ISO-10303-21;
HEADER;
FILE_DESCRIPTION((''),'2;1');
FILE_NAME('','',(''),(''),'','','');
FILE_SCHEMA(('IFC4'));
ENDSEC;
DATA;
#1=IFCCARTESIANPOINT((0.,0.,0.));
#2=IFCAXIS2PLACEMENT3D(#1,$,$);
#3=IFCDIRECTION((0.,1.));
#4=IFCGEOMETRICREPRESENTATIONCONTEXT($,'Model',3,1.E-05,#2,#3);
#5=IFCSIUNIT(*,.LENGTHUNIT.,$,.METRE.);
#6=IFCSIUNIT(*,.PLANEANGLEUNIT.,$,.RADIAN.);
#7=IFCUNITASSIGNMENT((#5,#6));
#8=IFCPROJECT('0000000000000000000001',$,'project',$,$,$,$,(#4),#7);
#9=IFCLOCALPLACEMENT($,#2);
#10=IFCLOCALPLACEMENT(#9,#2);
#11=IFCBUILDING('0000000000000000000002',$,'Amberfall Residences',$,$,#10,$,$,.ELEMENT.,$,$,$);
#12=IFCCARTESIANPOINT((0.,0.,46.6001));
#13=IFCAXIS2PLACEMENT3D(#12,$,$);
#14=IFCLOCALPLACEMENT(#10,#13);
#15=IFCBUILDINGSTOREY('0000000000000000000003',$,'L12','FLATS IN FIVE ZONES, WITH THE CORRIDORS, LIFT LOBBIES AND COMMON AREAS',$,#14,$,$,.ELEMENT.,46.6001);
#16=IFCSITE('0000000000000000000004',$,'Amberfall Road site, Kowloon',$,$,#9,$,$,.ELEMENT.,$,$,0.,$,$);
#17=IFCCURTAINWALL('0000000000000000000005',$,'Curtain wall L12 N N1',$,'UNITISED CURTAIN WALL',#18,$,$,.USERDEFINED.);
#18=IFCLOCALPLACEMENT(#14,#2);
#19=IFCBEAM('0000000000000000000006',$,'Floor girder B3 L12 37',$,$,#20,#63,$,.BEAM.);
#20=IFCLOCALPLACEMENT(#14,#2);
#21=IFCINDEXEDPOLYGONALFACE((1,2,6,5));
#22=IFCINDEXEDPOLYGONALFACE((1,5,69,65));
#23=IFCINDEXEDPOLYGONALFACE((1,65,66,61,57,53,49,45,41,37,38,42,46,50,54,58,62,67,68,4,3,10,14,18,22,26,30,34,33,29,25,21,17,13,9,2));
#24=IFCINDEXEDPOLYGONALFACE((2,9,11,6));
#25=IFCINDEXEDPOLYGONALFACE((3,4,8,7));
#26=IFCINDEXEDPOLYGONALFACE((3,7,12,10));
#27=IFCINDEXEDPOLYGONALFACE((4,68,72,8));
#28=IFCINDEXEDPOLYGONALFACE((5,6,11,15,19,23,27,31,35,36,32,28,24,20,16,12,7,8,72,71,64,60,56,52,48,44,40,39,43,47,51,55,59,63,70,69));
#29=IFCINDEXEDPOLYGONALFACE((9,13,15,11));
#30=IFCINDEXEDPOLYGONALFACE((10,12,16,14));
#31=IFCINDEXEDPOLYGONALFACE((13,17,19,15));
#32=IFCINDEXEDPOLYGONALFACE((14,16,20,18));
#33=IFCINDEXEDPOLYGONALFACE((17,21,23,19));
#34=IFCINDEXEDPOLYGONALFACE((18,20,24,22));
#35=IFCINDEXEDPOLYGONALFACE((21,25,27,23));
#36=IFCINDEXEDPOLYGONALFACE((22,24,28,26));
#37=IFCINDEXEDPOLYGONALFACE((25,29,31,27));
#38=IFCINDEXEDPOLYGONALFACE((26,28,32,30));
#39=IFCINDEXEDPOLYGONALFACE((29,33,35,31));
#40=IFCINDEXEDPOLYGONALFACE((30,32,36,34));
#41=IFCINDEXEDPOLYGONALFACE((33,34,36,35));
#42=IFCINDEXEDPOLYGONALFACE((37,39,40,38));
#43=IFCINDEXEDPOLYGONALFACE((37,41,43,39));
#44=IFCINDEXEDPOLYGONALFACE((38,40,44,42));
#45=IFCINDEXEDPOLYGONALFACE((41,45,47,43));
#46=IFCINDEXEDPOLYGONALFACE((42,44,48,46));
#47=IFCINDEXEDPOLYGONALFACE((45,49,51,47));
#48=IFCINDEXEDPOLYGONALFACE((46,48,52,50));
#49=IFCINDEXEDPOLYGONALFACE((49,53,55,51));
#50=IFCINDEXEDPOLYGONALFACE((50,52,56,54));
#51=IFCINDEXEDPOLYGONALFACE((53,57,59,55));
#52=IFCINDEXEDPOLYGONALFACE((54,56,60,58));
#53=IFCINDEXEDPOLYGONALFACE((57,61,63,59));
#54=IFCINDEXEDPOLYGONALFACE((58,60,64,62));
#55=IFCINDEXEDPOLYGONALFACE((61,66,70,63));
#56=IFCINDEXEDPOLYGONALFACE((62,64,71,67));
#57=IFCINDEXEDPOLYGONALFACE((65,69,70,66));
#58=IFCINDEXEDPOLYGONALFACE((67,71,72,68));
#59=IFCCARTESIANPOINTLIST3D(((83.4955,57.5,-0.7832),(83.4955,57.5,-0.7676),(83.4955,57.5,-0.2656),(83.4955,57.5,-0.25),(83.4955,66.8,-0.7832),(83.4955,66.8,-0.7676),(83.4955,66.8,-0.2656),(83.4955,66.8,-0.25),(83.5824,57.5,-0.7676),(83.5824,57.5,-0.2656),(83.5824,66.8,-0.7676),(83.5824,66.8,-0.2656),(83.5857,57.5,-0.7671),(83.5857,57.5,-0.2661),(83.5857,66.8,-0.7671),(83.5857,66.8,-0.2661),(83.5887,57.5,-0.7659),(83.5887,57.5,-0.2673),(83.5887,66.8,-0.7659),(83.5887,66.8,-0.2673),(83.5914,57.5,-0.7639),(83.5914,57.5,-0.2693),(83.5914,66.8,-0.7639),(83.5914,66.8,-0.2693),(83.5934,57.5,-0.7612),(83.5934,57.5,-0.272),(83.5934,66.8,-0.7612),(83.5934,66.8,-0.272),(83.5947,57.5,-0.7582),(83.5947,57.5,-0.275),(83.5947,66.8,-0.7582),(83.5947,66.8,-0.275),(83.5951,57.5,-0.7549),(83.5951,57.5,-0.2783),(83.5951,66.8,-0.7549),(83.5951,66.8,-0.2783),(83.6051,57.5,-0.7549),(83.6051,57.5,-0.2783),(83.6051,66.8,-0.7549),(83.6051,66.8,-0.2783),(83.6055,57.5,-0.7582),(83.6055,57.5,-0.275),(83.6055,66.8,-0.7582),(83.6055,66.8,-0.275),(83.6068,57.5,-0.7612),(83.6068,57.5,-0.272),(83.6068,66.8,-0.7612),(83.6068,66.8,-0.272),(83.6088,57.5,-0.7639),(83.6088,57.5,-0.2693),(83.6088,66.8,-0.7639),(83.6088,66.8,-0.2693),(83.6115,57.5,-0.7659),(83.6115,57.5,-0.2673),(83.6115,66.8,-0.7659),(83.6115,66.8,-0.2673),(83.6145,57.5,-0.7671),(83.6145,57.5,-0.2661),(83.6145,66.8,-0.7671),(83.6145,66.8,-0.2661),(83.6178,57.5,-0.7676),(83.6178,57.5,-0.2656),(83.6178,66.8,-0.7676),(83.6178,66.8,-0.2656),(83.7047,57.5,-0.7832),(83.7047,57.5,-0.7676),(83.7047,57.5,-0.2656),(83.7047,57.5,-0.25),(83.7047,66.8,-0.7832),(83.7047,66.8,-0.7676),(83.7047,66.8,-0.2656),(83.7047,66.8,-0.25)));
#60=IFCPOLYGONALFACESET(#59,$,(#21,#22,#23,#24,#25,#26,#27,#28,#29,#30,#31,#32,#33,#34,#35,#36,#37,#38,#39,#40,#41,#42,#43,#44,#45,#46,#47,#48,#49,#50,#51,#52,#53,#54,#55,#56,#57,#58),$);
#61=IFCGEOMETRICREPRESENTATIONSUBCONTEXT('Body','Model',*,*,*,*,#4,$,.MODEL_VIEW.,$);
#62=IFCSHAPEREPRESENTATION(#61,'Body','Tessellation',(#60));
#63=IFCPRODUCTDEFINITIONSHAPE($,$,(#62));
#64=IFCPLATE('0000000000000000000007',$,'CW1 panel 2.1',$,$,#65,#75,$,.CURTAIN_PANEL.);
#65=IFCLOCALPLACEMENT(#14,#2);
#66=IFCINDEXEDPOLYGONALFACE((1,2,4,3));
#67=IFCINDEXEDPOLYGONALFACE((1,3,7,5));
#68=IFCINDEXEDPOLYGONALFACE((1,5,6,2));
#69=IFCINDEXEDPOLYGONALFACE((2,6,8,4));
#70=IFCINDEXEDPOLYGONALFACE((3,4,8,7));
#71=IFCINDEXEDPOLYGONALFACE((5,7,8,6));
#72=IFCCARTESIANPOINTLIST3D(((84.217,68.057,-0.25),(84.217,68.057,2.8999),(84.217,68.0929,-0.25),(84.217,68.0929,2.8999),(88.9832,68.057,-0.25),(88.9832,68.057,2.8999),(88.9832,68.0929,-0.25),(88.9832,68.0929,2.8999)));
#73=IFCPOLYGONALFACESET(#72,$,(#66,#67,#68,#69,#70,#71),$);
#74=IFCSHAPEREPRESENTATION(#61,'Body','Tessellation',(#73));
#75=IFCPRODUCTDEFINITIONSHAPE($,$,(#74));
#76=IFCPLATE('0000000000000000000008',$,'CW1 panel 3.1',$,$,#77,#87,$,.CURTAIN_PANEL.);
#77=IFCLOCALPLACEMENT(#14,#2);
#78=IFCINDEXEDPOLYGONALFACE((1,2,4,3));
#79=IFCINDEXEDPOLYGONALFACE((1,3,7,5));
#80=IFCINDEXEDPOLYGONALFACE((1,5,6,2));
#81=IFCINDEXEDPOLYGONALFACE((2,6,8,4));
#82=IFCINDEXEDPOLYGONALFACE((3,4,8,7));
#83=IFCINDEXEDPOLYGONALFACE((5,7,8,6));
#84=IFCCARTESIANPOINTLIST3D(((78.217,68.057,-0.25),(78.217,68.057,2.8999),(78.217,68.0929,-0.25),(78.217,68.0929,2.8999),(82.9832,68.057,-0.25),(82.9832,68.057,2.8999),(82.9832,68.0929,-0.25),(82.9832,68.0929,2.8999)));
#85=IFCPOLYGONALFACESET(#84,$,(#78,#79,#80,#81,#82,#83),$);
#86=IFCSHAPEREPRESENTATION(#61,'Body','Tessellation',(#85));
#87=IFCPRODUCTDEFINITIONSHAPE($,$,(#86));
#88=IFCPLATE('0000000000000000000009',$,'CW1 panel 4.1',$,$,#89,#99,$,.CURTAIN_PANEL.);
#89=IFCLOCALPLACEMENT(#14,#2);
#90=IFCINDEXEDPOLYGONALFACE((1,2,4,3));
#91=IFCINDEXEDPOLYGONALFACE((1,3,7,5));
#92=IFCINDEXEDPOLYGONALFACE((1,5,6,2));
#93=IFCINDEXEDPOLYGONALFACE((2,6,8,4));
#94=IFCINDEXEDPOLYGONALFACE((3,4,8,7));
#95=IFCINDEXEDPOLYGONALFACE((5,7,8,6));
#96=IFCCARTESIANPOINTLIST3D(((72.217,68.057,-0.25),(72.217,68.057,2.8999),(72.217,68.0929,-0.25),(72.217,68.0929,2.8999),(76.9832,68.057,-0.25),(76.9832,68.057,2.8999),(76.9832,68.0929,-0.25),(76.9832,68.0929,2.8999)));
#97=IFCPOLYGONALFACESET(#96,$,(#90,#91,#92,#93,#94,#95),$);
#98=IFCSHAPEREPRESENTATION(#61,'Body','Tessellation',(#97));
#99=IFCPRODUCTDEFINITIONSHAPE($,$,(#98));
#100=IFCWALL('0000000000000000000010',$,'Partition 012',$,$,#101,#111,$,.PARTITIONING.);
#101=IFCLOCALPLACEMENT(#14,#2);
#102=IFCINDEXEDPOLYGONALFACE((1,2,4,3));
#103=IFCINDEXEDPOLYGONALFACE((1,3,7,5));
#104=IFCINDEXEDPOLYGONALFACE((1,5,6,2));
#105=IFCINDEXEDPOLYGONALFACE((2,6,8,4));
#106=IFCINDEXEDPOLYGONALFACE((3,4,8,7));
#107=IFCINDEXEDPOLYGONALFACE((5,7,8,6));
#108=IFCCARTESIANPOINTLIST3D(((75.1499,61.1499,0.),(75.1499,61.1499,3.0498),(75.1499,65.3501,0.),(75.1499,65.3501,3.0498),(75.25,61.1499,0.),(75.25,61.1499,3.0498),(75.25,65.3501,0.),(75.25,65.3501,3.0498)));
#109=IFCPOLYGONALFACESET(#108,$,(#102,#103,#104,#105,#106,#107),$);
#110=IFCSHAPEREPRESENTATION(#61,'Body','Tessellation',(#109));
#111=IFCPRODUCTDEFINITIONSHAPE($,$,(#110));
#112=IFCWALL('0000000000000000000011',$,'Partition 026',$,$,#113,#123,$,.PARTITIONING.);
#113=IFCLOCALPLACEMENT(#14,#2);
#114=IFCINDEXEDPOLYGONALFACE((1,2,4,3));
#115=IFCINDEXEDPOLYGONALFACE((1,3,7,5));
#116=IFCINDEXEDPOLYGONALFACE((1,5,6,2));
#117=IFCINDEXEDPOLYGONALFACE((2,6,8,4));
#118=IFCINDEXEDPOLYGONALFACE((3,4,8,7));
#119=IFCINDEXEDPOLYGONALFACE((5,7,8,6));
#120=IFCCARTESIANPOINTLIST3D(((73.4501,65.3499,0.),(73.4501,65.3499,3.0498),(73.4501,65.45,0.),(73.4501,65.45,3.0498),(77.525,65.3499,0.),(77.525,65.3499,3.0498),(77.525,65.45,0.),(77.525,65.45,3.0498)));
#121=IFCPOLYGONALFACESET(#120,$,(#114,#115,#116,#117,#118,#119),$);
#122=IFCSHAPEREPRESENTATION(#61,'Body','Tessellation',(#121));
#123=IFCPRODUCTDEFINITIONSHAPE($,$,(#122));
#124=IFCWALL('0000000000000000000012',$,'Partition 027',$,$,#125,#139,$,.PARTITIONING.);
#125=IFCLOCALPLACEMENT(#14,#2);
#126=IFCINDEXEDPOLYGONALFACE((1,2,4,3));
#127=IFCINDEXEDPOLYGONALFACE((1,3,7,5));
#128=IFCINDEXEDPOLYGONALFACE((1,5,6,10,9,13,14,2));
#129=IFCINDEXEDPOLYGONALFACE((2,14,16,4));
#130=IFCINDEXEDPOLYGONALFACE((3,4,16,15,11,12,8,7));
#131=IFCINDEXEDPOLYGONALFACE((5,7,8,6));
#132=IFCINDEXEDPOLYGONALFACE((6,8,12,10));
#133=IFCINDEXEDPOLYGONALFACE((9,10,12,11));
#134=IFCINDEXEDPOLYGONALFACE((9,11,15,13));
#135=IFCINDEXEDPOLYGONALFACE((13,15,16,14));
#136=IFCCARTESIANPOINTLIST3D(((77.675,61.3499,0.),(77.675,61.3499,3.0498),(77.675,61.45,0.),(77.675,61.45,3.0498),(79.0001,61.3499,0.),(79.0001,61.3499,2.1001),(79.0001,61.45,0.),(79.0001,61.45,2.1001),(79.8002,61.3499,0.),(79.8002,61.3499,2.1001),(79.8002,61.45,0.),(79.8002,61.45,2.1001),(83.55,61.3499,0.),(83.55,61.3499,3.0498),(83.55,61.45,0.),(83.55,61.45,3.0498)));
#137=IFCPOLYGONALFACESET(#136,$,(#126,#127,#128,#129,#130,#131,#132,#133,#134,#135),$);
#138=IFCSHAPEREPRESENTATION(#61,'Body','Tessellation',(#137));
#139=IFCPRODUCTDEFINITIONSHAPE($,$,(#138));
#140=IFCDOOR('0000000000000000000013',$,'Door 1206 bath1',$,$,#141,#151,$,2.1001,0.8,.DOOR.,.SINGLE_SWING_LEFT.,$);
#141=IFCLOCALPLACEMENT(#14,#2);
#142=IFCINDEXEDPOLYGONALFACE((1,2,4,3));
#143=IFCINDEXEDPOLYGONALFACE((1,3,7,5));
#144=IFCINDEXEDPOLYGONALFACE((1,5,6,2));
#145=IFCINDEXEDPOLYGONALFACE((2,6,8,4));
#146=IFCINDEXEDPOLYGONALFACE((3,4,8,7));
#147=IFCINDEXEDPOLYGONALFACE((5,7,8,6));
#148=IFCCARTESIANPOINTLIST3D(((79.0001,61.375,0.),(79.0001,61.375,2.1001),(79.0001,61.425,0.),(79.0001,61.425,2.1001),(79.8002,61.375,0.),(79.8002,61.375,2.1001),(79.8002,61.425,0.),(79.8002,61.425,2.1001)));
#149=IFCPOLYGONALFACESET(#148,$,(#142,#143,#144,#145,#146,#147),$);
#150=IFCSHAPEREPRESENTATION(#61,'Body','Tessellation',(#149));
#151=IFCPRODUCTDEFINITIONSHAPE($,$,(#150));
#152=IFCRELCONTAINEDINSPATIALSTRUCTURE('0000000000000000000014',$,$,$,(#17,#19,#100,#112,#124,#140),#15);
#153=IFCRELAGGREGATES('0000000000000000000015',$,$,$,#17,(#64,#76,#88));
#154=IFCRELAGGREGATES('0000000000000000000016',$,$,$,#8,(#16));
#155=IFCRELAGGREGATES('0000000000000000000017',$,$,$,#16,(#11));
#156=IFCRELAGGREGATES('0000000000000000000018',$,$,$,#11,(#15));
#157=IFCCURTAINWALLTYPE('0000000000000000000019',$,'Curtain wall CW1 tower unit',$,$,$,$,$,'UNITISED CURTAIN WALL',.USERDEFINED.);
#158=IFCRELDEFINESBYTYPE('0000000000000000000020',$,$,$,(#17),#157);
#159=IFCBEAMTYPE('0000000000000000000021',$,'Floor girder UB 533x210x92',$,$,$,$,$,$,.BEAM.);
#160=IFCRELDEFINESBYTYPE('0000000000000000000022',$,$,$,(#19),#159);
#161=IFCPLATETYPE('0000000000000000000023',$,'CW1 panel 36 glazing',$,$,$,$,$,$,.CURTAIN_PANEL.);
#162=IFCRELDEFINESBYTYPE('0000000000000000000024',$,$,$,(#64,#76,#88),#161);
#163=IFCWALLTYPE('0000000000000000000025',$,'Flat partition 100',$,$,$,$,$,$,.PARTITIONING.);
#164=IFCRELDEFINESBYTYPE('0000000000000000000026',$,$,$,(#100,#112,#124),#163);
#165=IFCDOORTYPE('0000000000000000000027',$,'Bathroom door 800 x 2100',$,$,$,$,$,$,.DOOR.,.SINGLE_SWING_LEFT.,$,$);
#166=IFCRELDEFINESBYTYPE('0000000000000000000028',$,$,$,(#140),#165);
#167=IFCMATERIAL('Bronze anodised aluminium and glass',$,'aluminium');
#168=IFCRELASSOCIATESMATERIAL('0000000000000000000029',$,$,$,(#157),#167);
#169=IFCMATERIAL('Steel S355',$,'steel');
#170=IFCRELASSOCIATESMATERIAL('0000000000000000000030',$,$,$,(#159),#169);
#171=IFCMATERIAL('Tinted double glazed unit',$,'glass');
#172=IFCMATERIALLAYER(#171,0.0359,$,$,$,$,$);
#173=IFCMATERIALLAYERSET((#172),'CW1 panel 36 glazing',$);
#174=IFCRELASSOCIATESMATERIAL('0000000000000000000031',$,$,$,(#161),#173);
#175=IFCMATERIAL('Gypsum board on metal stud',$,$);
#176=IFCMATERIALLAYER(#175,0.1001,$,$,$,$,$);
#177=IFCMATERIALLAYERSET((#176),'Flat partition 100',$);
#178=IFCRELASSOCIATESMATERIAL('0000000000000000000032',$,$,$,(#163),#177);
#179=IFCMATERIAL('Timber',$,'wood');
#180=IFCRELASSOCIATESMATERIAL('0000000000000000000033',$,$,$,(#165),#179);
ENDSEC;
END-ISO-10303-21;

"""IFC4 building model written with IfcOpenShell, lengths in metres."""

from ifc_helpers import new_model, si_unit, direction, frame, frame_2d, origin, origin_2d, place, context, subcontext, project, spatial, rectangle, i_section, extrude, material, layer, layer_set, material_profile, profile_set, type_object, element, fill, aggregate, save


model = new_model("IFC4")

# Units and contexts
model_context = context("Model", 3, precision=1e-05, world=origin(), true_north=direction((0.0, 1.0)))
body_context = subcontext(model_context, "Body", "Model", "MODEL_VIEW")
ifc_project = project(units=[si_unit("LENGTHUNIT", "METRE"), si_unit("PLANEANGLEUNIT", "RADIAN")], contexts=[model_context])

# Site, building, storey
site_placement = place(None, origin())
site = spatial("IfcSite", under=ifc_project, at=site_placement, Name="Amberfall Road site, Kowloon", CompositionType="ELEMENT", RefElevation=0.0)
building_placement = place(site_placement, origin())
building = spatial("IfcBuilding", under=site, at=building_placement, Name="Amberfall Residences", CompositionType="ELEMENT")
storey_placement = place(building_placement, frame((0.0, 0.0, 46.6001)))
storey = spatial("IfcBuildingStorey", under=building, at=storey_placement, Name="L12", Description="FLATS IN FIVE ZONES, WITH THE CORRIDORS, LIFT LOBBIES AND COMMON AREAS", CompositionType="ELEMENT", Elevation=46.6001)

# Curtain wall
ifc_material_1 = material(Name="Bronze anodised aluminium and glass", Category="aluminium")
curtain_wall_type = type_object("IfcCurtainWallType", Name="Curtain wall CW1 tower unit", ElementType="UNITISED CURTAIN WALL", PredefinedType="USERDEFINED", material=ifc_material_1)
curtain_wall_placement = place(storey_placement, origin())
curtain_wall = element("IfcCurtainWall", 1, at=curtain_wall_placement, inside=storey, type_object=curtain_wall_type, Name="Curtain wall L12 N N1", ObjectType="UNITISED CURTAIN WALL", PredefinedType="USERDEFINED")

# Shared definitions
ifc_material_2 = material(Name="Steel S355", Category="steel")

# Beam
ifc_material_profile_1 = material_profile(ifc_material_2, i_section(OverallWidth=0.2092, OverallDepth=0.5332, WebThickness=0.01, FlangeThickness=0.0156, FilletRadius=0.0127, at=origin_2d()), Name="UB 533x210x92")
ifc_profile_set_1 = profile_set([ifc_material_profile_1], Name="Steel S355")
beam_type_1 = type_object("IfcBeamType", Name="Floor girder UB 533x210x92", PredefinedType="BEAM", material=ifc_profile_set_1)
for number, where, z_axis, x_axis, name in (
    (2, (83.6001, 66.8, -0.5166), (0.0, -1.0, 0.0), (1.0, 0.0, 0.0), "Floor girder B3 L12 37"),
):
    element("IfcBeam", number, at=place(storey_placement, frame(where, z_axis=z_axis, x_axis=x_axis)), inside=storey, type_object=beam_type_1, Name=name, PredefinedType="BEAM", context=body_context, shape_type="SweptSolid", body=[
        extrude(i_section(OverallWidth=0.2092, OverallDepth=0.5332, WebThickness=0.01, FlangeThickness=0.0156, FilletRadius=0.0127, at=origin_2d()), origin(), (0.0, 0.0, 1.0), 9.3),
    ])

# Plates
ifc_material_3 = material(Name="Tinted double glazed unit", Category="glass")
ifc_layer_1 = layer(ifc_material_3, 0.0359)
ifc_layer_set_1 = layer_set([ifc_layer_1], Name="CW1 panel 36 glazing")
plate_type = type_object("IfcPlateType", Name="CW1 panel 36 glazing", PredefinedType="CURTAIN_PANEL", material=ifc_layer_set_1)
plate_1_placement = place(storey_placement, frame((86.6001, 68.075, -0.25), z_axis=(0.0, 0.0, 1.0), x_axis=(-1.0, 0.0, 0.0)))
plate_1 = element("IfcPlate", 3, at=plate_1_placement, type_object=plate_type, Name="CW1 panel 2.1", PredefinedType="CURTAIN_PANEL", context=body_context, shape_type="SweptSolid", body=[
    extrude(rectangle(XDim=4.7661, YDim=0.0359, at=origin_2d()), origin(), (0.0, 0.0, 1.0), 3.1499),
])
plate_2_placement = place(storey_placement, frame((80.6001, 68.075, -0.25), z_axis=(0.0, 0.0, 1.0), x_axis=(-1.0, 0.0, 0.0)))
plate_2 = element("IfcPlate", 4, at=plate_2_placement, type_object=plate_type, Name="CW1 panel 3.1", PredefinedType="CURTAIN_PANEL", context=body_context, shape_type="SweptSolid", body=[
    extrude(rectangle(XDim=4.7661, YDim=0.0359, at=origin_2d()), origin(), (0.0, 0.0, 1.0), 3.1499),
])
plate_3_placement = place(storey_placement, frame((74.6001, 68.075, -0.25), z_axis=(0.0, 0.0, 1.0), x_axis=(-1.0, 0.0, 0.0)))
plate_3 = element("IfcPlate", 5, at=plate_3_placement, type_object=plate_type, Name="CW1 panel 4.1", PredefinedType="CURTAIN_PANEL", context=body_context, shape_type="SweptSolid", body=[
    extrude(rectangle(XDim=4.7661, YDim=0.0359, at=origin_2d()), origin(), (0.0, 0.0, 1.0), 3.1499),
])
aggregate(curtain_wall, [plate_1, plate_2, plate_3])

# Walls
ifc_material_4 = material(Name="Gypsum board on metal stud")
ifc_layer_2 = layer(ifc_material_4, 0.1001)
ifc_layer_set_2 = layer_set([ifc_layer_2], Name="Flat partition 100")
wall_type = type_object("IfcWallType", Name="Flat partition 100", PredefinedType="PARTITIONING", material=ifc_layer_set_2)
wall_1_placement = place(storey_placement, frame((75.2, 61.1499, 0.0), z_axis=(0.0, 0.0, 1.0), x_axis=(0.0, 1.0, 0.0)))
element("IfcWall", 6, at=wall_1_placement, inside=storey, type_object=wall_type, Name="Partition 012", PredefinedType="PARTITIONING", context=body_context, shape_type="SweptSolid", body=[
    extrude(rectangle(XDim=4.2002, YDim=0.1001, at=frame_2d((2.1001, 0.0))), origin(), (0.0, 0.0, 1.0), 3.0498),
])
wall_2_placement = place(storey_placement, frame((73.45, 65.3999, 0.0), z_axis=(0.0, 0.0, 1.0), x_axis=(1.0, 0.0, 0.0)))
element("IfcWall", 7, at=wall_2_placement, inside=storey, type_object=wall_type, Name="Partition 026", PredefinedType="PARTITIONING", context=body_context, shape_type="SweptSolid", body=[
    extrude(rectangle(XDim=4.075, YDim=0.1001, at=frame_2d((2.0376, 0.0))), origin(), (0.0, 0.0, 1.0), 3.0498),
])

# Wall, opening, door
wall_3_placement = place(storey_placement, frame((83.55, 61.3999, 0.0), z_axis=(0.0, 0.0, 1.0), x_axis=(-1.0, 0.0, 0.0)))
wall_3 = element("IfcWall", 8, at=wall_3_placement, inside=storey, type_object=wall_type, Name="Partition 027", PredefinedType="PARTITIONING", context=body_context, shape_type="SweptSolid", body=[
    extrude(rectangle(XDim=5.875, YDim=0.1001, at=frame_2d((2.9375, 0.0))), origin(), (0.0, 0.0, 1.0), 3.0498),
])
opening_placement = place(wall_3_placement, frame((3.75, 0.0, 0.0)))
opening = element("IfcOpeningElement", 9, at=opening_placement, cuts=wall_3, PredefinedType="OPENING", context=body_context, shape_type="SweptSolid", body=[
    extrude(rectangle(XDim=0.8, YDim=2.1001, at=frame_2d((0.3999, 1.05))), frame((0.0, 0.0601, 0.0), z_axis=(0.0, -1.0, 0.0), x_axis=(1.0, 0.0, 0.0)), (0.0, 0.0, 1.0), 0.1201),
])
ifc_material_5 = material(Name="Timber", Category="wood")
door_type = type_object("IfcDoorType", Name="Bathroom door 800 x 2100", OperationType="SINGLE_SWING_LEFT", PredefinedType="DOOR", material=ifc_material_5)
door_placement = place(opening_placement, origin())
door = element("IfcDoor", 10, at=door_placement, inside=storey, type_object=door_type, Name="Door 1206 bath1", OperationType="SINGLE_SWING_LEFT", OverallHeight=2.1001, OverallWidth=0.8, PredefinedType="DOOR", context=body_context, shape_type="SweptSolid", body=[
    extrude(rectangle(XDim=0.8, YDim=2.1001, at=frame_2d((0.3999, 1.05))), frame((0.0, 0.0249, 0.0), z_axis=(0.0, -1.0, 0.0), x_axis=(1.0, 0.0, 0.0)), (0.0, 0.0, 1.0), 0.05),
])
fill(opening, door)

save(model, "model.ifc")
